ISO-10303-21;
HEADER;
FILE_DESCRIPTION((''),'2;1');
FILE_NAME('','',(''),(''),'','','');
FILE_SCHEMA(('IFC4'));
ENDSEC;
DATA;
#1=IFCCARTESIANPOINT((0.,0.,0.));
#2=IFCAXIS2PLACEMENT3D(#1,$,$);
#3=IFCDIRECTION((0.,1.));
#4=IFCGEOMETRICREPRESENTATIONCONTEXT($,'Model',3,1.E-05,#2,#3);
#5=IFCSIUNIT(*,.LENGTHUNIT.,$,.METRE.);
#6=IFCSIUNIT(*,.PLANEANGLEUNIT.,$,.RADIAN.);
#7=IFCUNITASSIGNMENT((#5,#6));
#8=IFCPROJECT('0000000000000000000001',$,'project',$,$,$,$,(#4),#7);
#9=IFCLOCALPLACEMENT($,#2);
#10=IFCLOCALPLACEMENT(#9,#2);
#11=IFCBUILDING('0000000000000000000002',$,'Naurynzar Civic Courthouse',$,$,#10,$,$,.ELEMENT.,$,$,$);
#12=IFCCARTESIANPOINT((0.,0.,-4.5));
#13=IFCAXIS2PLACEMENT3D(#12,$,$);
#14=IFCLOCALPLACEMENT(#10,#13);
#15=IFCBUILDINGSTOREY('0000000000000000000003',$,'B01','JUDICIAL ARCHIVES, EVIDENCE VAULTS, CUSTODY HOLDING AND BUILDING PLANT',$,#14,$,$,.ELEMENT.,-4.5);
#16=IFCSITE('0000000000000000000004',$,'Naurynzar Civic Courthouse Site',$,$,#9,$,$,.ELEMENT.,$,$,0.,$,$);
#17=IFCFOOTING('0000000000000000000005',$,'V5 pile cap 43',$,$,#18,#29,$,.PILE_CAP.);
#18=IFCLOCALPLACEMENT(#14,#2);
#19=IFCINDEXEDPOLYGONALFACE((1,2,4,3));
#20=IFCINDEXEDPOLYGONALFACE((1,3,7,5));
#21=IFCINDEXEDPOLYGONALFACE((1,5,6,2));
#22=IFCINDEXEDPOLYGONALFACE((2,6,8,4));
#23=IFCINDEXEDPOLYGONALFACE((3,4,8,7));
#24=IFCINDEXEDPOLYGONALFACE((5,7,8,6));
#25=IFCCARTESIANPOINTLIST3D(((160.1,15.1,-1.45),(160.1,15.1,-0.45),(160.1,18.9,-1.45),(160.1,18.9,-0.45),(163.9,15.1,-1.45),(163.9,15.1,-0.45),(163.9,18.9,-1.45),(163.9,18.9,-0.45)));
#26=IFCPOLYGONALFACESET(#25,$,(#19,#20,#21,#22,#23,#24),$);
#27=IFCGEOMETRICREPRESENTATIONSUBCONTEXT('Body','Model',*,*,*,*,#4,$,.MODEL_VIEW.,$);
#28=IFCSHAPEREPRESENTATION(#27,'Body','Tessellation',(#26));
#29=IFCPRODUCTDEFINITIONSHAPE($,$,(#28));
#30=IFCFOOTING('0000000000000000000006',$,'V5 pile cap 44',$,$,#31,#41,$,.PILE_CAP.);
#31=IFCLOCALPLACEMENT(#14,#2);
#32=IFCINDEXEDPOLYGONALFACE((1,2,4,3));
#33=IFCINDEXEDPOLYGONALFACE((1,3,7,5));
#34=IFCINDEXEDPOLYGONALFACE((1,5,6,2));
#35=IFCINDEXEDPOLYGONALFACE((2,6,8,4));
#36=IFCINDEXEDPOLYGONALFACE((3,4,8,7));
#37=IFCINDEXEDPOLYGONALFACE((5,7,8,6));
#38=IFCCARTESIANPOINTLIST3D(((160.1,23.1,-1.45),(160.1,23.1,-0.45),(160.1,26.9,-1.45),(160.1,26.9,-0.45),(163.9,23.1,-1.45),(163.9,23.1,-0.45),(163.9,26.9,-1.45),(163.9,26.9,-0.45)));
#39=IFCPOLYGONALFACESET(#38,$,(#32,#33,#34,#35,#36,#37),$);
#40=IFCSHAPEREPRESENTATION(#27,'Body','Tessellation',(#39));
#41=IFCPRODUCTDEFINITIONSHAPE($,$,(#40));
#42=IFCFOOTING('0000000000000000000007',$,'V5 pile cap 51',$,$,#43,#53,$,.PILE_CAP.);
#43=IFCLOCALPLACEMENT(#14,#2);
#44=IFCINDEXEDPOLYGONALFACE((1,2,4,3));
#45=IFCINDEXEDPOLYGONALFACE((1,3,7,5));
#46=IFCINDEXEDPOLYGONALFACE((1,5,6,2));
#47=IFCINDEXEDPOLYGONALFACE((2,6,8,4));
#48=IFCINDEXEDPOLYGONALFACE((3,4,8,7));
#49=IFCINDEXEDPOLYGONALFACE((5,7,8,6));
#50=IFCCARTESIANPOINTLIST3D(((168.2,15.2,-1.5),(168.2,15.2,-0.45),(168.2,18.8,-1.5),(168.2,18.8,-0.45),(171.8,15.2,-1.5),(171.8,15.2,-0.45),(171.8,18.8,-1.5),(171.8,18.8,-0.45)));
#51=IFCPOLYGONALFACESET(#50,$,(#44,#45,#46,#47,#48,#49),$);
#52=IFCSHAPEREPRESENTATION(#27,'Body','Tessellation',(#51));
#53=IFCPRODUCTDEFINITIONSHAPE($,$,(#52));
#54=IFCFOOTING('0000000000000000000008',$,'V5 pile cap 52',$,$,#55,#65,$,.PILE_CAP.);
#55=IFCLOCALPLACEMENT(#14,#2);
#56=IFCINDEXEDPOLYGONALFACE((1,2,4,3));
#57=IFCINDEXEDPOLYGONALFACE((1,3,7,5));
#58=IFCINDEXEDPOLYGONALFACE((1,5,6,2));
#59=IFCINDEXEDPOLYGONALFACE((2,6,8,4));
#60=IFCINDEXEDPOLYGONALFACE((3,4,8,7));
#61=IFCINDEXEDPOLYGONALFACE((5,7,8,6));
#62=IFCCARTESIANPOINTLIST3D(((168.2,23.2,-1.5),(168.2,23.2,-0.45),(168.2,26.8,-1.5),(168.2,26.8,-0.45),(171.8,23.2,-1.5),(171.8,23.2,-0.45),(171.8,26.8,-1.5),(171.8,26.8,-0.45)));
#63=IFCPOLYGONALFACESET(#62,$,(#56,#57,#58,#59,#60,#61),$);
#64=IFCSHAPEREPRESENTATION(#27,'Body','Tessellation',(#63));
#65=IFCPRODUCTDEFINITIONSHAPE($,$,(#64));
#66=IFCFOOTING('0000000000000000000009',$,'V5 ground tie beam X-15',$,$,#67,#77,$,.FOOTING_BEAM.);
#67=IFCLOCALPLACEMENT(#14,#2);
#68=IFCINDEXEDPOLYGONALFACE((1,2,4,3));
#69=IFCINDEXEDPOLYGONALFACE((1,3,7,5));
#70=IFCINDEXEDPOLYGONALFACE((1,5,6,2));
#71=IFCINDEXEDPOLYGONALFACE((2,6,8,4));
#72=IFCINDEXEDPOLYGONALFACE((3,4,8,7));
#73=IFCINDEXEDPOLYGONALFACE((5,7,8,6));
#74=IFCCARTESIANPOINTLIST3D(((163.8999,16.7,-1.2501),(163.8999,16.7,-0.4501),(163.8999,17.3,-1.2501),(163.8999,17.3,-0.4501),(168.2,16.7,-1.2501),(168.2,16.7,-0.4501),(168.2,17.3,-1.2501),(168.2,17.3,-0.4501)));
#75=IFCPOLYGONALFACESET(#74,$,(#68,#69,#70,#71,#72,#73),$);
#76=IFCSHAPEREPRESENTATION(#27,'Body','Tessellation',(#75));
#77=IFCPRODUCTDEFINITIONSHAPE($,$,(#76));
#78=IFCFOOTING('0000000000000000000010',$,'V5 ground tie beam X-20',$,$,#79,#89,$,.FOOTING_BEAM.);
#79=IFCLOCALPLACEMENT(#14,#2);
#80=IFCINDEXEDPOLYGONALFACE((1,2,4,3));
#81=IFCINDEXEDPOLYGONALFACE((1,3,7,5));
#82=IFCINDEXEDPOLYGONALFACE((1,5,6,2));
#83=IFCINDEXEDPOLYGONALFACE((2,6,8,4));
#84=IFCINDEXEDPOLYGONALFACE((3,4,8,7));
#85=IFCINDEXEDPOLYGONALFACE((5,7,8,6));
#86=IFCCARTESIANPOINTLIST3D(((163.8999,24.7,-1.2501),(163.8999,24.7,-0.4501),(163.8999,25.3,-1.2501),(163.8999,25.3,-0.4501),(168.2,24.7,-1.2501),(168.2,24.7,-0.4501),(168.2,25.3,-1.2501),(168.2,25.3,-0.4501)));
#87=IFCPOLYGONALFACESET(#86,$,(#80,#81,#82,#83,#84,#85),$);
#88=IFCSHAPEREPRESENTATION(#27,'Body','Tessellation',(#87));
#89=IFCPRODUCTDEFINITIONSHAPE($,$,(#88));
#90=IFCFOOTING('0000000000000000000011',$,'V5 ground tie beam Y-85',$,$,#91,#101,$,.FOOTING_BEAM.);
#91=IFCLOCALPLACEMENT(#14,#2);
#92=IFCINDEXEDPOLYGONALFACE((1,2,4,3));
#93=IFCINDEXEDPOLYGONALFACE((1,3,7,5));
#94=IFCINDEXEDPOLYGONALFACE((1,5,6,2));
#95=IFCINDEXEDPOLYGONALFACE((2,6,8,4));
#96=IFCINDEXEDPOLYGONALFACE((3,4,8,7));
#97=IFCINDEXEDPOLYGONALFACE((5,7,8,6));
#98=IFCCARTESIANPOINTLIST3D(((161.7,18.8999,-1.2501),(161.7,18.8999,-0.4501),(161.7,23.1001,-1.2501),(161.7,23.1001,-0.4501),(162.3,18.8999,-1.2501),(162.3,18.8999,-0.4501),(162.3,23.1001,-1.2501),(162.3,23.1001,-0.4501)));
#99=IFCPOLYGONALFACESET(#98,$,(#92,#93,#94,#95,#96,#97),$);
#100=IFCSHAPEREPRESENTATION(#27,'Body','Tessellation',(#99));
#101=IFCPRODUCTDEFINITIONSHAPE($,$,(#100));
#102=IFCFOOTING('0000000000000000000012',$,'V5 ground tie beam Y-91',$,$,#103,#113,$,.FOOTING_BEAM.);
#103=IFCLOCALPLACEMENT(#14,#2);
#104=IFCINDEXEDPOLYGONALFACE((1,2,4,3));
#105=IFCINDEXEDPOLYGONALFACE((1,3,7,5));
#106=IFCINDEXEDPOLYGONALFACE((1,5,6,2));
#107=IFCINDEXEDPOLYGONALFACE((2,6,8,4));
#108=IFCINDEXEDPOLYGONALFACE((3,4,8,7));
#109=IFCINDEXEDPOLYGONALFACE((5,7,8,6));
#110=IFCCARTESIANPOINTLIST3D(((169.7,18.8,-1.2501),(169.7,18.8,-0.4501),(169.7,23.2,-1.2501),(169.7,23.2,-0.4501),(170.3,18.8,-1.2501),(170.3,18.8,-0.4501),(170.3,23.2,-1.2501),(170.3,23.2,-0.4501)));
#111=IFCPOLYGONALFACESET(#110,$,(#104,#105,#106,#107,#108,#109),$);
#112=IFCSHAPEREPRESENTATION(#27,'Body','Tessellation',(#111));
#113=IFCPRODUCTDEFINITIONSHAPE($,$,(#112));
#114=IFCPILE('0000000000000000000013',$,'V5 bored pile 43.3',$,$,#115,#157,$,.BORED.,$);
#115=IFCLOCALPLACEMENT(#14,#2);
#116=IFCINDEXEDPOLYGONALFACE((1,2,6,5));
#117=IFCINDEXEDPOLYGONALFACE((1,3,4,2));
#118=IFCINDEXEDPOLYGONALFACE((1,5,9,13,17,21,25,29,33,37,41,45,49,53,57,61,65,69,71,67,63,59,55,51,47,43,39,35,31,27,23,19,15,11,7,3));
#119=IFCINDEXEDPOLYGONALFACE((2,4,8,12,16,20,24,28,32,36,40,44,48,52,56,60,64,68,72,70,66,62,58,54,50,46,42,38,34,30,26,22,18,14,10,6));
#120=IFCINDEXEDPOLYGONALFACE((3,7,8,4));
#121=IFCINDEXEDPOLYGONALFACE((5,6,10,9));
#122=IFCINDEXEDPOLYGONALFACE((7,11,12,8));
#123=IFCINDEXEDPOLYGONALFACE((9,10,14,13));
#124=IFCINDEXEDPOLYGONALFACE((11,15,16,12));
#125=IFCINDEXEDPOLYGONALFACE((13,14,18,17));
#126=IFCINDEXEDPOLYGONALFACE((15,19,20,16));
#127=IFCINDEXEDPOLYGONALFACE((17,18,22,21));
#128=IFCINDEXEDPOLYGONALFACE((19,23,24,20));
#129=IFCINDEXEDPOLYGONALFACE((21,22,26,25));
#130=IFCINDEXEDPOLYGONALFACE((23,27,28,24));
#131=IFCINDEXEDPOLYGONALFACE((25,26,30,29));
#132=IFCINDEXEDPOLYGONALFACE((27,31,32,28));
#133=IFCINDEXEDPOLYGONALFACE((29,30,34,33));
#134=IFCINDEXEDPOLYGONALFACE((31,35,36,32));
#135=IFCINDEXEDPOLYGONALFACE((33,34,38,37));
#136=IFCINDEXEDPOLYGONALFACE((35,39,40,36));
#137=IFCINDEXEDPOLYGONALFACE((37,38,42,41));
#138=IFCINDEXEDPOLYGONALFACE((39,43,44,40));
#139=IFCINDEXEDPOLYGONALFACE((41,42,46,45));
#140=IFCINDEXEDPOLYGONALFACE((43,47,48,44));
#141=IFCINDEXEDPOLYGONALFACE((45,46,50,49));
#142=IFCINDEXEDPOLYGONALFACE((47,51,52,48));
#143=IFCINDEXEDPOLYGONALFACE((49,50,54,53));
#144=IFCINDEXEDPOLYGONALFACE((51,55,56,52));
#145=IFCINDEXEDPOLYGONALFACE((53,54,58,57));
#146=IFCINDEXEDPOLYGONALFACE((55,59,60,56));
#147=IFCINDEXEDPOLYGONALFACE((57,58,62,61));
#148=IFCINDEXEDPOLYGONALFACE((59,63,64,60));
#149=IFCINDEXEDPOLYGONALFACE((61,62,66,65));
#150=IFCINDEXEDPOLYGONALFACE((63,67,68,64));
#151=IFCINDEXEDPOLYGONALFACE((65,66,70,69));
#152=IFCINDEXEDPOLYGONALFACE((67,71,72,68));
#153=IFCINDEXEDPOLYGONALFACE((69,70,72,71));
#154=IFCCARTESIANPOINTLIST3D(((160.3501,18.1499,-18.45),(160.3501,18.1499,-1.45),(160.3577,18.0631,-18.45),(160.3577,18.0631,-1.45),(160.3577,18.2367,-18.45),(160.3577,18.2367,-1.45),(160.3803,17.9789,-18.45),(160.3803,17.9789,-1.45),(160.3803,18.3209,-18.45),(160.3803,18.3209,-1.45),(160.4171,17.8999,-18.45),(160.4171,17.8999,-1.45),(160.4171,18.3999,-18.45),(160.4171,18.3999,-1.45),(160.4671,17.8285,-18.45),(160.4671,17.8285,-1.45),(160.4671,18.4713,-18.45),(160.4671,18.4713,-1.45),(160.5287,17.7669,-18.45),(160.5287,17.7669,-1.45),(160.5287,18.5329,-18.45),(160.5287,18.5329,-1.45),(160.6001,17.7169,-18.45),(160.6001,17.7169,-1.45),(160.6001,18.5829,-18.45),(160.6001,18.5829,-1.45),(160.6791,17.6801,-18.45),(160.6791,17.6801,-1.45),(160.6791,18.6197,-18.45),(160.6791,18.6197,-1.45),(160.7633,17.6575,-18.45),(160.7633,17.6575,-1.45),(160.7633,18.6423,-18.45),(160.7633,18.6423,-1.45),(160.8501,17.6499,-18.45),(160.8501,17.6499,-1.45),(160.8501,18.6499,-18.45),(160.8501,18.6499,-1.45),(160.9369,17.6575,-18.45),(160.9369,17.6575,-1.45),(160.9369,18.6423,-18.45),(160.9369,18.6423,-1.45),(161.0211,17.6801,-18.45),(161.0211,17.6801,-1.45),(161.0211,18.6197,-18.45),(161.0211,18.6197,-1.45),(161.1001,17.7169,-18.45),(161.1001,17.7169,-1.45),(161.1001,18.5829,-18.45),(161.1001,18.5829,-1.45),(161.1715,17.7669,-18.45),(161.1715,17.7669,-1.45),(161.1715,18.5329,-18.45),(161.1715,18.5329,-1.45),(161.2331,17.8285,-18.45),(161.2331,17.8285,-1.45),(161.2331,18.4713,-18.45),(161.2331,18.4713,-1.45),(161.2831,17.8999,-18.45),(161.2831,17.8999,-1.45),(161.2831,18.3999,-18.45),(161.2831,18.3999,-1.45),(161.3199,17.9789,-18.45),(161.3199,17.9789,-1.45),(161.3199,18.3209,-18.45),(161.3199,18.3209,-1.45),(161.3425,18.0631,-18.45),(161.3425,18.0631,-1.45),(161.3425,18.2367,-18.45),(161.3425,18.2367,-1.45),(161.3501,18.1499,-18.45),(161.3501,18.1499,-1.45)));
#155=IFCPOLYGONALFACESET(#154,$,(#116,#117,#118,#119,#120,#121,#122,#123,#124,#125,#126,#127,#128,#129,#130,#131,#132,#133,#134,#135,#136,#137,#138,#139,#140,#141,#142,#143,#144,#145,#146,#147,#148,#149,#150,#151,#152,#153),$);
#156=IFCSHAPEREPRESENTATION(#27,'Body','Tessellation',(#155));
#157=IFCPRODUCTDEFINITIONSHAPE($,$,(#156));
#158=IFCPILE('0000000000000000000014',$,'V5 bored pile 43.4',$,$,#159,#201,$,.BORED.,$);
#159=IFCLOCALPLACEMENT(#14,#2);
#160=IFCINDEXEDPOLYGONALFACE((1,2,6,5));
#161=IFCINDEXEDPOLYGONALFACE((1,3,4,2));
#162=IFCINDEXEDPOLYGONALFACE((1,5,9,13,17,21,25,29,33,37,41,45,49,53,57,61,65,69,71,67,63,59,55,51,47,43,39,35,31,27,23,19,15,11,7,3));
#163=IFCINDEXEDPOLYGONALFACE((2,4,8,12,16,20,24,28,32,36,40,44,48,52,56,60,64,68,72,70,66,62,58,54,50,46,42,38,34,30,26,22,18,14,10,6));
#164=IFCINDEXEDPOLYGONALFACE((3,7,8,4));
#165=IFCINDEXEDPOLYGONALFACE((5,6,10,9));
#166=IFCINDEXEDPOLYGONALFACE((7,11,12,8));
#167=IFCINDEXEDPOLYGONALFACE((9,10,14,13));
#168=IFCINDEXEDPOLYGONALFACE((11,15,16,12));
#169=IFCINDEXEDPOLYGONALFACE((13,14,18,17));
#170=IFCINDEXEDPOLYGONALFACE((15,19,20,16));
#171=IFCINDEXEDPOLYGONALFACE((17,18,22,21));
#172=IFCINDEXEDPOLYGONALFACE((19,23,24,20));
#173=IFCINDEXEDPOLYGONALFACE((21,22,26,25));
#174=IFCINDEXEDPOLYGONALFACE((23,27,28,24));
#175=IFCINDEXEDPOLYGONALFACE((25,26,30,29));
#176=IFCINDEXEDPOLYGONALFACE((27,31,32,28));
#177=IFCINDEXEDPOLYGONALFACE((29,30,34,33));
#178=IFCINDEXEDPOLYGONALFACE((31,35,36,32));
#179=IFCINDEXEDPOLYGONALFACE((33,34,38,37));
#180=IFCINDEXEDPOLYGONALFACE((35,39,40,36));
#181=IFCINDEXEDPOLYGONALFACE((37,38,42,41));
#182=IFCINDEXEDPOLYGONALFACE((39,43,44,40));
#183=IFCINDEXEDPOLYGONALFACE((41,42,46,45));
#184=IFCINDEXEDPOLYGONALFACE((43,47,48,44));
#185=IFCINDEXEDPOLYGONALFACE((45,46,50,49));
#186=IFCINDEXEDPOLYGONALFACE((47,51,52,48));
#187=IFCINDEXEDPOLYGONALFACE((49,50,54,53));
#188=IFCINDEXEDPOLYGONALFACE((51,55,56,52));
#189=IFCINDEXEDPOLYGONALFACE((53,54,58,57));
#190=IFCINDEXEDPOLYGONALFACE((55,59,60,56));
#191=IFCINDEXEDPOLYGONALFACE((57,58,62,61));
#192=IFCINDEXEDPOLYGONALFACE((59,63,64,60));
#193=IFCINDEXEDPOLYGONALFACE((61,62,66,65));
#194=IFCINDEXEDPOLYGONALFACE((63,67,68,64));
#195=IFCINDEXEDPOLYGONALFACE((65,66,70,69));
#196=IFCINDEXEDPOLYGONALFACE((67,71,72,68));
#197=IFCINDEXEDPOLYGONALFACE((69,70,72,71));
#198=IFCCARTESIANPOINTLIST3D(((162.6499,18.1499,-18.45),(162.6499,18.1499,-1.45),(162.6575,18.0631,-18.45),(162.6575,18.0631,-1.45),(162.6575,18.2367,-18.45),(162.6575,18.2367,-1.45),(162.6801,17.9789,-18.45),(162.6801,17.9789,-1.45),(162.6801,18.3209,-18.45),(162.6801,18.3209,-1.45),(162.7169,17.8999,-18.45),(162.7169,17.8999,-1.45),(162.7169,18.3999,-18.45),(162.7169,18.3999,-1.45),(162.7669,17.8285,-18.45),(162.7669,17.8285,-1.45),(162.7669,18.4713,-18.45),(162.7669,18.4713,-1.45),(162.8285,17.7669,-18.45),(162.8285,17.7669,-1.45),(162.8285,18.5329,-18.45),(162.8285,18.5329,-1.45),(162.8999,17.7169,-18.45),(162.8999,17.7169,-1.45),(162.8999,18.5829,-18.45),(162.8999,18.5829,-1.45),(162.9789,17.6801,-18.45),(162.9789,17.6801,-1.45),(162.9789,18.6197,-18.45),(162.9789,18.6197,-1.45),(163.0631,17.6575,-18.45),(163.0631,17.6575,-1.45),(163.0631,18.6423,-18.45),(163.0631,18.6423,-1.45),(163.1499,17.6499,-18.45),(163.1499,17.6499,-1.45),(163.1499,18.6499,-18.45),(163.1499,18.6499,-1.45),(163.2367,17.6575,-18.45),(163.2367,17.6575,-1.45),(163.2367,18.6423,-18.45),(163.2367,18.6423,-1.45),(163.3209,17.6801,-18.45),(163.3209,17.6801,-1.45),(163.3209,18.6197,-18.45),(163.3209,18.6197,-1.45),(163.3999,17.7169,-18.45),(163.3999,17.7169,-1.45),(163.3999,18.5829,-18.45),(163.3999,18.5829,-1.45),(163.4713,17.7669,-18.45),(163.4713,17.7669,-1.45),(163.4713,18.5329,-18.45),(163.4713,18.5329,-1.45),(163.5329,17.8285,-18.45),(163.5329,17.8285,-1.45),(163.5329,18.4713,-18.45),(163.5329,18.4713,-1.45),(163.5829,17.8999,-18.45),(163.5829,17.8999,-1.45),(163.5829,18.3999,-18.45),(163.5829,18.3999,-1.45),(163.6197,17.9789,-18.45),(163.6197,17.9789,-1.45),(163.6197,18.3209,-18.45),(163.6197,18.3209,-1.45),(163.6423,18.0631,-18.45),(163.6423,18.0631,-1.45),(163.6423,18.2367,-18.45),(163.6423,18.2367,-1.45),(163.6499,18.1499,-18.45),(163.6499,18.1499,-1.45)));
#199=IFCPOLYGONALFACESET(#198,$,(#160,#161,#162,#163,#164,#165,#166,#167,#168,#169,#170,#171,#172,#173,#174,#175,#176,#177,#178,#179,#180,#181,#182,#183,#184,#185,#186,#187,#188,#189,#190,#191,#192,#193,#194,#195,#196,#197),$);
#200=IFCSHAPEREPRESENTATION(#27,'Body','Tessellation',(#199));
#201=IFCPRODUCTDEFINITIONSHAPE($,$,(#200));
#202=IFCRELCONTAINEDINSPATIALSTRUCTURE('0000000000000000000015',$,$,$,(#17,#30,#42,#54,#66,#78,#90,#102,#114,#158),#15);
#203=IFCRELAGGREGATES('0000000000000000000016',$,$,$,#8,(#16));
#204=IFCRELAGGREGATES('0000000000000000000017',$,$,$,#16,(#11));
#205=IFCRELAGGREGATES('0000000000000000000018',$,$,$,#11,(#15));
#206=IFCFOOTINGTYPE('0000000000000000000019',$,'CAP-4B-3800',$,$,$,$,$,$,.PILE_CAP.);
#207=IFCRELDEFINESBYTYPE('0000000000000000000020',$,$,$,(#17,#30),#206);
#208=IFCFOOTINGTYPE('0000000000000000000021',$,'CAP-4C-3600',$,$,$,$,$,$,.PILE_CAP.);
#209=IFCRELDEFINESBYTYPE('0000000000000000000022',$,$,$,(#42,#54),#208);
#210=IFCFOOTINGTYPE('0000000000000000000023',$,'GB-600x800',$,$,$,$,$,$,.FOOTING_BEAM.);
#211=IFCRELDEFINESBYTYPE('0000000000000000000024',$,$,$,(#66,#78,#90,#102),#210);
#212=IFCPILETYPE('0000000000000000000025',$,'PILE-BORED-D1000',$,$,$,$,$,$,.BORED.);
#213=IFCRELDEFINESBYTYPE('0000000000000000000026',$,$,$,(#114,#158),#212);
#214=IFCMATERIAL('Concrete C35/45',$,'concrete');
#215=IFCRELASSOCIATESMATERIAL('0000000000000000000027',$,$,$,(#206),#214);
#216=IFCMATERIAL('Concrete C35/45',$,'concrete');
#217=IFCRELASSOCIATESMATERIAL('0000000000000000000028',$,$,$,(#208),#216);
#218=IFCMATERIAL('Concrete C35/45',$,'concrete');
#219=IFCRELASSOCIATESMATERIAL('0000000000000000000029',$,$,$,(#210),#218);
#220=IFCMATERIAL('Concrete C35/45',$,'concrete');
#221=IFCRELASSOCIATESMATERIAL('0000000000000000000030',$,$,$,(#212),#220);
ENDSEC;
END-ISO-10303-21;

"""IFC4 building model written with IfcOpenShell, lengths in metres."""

from ifc_helpers import new_model, si_unit, direction, frame, origin, origin_2d, place, context, subcontext, project, spatial, rectangle, circle, extrude, material, material_profile, profile_set, type_object, element, save


model = new_model("IFC4")

# Units and contexts
model_context = context("Model", 3, precision=1e-05, world=origin(), true_north=direction((0.0, 1.0)))
body_context = subcontext(model_context, "Body", "Model", "MODEL_VIEW")
ifc_project = project(units=[si_unit("LENGTHUNIT", "METRE"), si_unit("PLANEANGLEUNIT", "RADIAN")], contexts=[model_context])

# Site, building, storey
site_placement = place(None, origin())
site = spatial("IfcSite", under=ifc_project, at=site_placement, Name="Naurynzar Civic Courthouse Site", CompositionType="ELEMENT", RefElevation=0.0)
building_placement = place(site_placement, origin())
building = spatial("IfcBuilding", under=site, at=building_placement, Name="Naurynzar Civic Courthouse", CompositionType="ELEMENT")
storey_placement = place(building_placement, frame((0.0, 0.0, -4.5)))
storey = spatial("IfcBuildingStorey", under=building, at=storey_placement, Name="B01", Description="JUDICIAL ARCHIVES, EVIDENCE VAULTS, CUSTODY HOLDING AND BUILDING PLANT", CompositionType="ELEMENT", Elevation=-4.5)

# Footings
ifc_material_1 = material(Name="Concrete C35/45", Category="concrete")
footing_type_1 = type_object("IfcFootingType", Name="CAP-4B-3800", PredefinedType="PILE_CAP", material=ifc_material_1)
for number, where, z_axis, x_axis, name in (
    (1, (162.0, 17.0, -1.45), (0.0, 0.0, 1.0), (1.0, 0.0, 0.0), "V5 pile cap 43"),
    (2, (162.0, 25.0, -1.45), (0.0, 0.0, 1.0), (1.0, 0.0, 0.0), "V5 pile cap 44"),
):
    element("IfcFooting", number, at=place(storey_placement, frame(where, z_axis=z_axis, x_axis=x_axis)), inside=storey, type_object=footing_type_1, Name=name, PredefinedType="PILE_CAP", context=body_context, shape_type="SweptSolid", body=[
        extrude(rectangle(XDim=3.8, YDim=3.8, at=origin_2d()), origin(), (0.0, 0.0, 1.0), 1.0),
    ])
ifc_material_2 = material(Name="Concrete C35/45", Category="concrete")
footing_type_2 = type_object("IfcFootingType", Name="CAP-4C-3600", PredefinedType="PILE_CAP", material=ifc_material_2)
for number, where, z_axis, x_axis, name in (
    (3, (170.0, 17.0, -1.5), (0.0, 0.0, 1.0), (1.0, 0.0, 0.0), "V5 pile cap 51"),
    (4, (170.0, 25.0, -1.5), (0.0, 0.0, 1.0), (1.0, 0.0, 0.0), "V5 pile cap 52"),
):
    element("IfcFooting", number, at=place(storey_placement, frame(where, z_axis=z_axis, x_axis=x_axis)), inside=storey, type_object=footing_type_2, Name=name, PredefinedType="PILE_CAP", context=body_context, shape_type="SweptSolid", body=[
        extrude(rectangle(XDim=3.6001, YDim=3.6001, at=origin_2d()), origin(), (0.0, 0.0, 1.0), 1.05),
    ])
ifc_material_3 = material(Name="Concrete C35/45", Category="concrete")
ifc_material_profile_1 = material_profile(ifc_material_3, rectangle(XDim=0.6001, YDim=0.8, at=origin_2d()), Name="GB 600x800")
ifc_profile_set_1 = profile_set([ifc_material_profile_1], Name="Concrete C35/45")
footing_type_3 = type_object("IfcFootingType", Name="GB-600x800", PredefinedType="FOOTING_BEAM", material=ifc_profile_set_1)
for number, where, z_axis, x_axis, name in (
    (5, (163.8999, 17.0, -0.8501), (1.0, 0.0, 0.0), (0.0, 1.0, 0.0), "V5 ground tie beam X-15"),
    (6, (163.8999, 25.0, -0.8501), (1.0, 0.0, 0.0), (0.0, 1.0, 0.0), "V5 ground tie beam X-20"),
):
    element("IfcFooting", number, at=place(storey_placement, frame(where, z_axis=z_axis, x_axis=x_axis)), inside=storey, type_object=footing_type_3, Name=name, PredefinedType="FOOTING_BEAM", context=body_context, shape_type="SweptSolid", body=[
        extrude(rectangle(XDim=0.6001, YDim=0.8, at=origin_2d()), origin(), (0.0, 0.0, 1.0), 4.3),
    ])
footing_1_placement = place(storey_placement, frame((162.0, 18.8999, -0.8501), z_axis=(0.0, 1.0, 0.0), x_axis=(-1.0, 0.0, 0.0)))
element("IfcFooting", 7, at=footing_1_placement, inside=storey, type_object=footing_type_3, Name="V5 ground tie beam Y-85", PredefinedType="FOOTING_BEAM", context=body_context, shape_type="SweptSolid", body=[
    extrude(rectangle(XDim=0.6001, YDim=0.8, at=origin_2d()), origin(), (0.0, 0.0, 1.0), 4.2002),
])
footing_2_placement = place(storey_placement, frame((170.0, 18.8, -0.8501), z_axis=(0.0, 1.0, 0.0), x_axis=(-1.0, 0.0, 0.0)))
element("IfcFooting", 8, at=footing_2_placement, inside=storey, type_object=footing_type_3, Name="V5 ground tie beam Y-91", PredefinedType="FOOTING_BEAM", context=body_context, shape_type="SweptSolid", body=[
    extrude(rectangle(XDim=0.6001, YDim=0.8, at=origin_2d()), origin(), (0.0, 0.0, 1.0), 4.3999),
])

# Piles
ifc_material_4 = material(Name="Concrete C35/45", Category="concrete")
ifc_material_profile_2 = material_profile(ifc_material_4, circle(Radius=0.5, at=origin_2d()), Name="PILE D1000")
ifc_profile_set_2 = profile_set([ifc_material_profile_2], Name="Concrete C35/45")
pile_type_1 = type_object("IfcPileType", Name="PILE-BORED-D1000", PredefinedType="BORED", material=ifc_profile_set_2)
for number, where, z_axis, x_axis, name in (
    (9, (160.8501, 18.1499, -1.45), (0.0, 0.0, -1.0), (1.0, 0.0, 0.0), "V5 bored pile 43.3"),
    (10, (163.1499, 18.1499, -1.45), (0.0, 0.0, -1.0), (1.0, 0.0, 0.0), "V5 bored pile 43.4"),
):
    element("IfcPile", number, at=place(storey_placement, frame(where, z_axis=z_axis, x_axis=x_axis)), inside=storey, type_object=pile_type_1, Name=name, PredefinedType="BORED", context=body_context, shape_type="SweptSolid", body=[
        extrude(circle(Radius=0.5, at=origin_2d()), origin(), (0.0, 0.0, 1.0), 17.0),
    ])

save(model, "model.ifc")
